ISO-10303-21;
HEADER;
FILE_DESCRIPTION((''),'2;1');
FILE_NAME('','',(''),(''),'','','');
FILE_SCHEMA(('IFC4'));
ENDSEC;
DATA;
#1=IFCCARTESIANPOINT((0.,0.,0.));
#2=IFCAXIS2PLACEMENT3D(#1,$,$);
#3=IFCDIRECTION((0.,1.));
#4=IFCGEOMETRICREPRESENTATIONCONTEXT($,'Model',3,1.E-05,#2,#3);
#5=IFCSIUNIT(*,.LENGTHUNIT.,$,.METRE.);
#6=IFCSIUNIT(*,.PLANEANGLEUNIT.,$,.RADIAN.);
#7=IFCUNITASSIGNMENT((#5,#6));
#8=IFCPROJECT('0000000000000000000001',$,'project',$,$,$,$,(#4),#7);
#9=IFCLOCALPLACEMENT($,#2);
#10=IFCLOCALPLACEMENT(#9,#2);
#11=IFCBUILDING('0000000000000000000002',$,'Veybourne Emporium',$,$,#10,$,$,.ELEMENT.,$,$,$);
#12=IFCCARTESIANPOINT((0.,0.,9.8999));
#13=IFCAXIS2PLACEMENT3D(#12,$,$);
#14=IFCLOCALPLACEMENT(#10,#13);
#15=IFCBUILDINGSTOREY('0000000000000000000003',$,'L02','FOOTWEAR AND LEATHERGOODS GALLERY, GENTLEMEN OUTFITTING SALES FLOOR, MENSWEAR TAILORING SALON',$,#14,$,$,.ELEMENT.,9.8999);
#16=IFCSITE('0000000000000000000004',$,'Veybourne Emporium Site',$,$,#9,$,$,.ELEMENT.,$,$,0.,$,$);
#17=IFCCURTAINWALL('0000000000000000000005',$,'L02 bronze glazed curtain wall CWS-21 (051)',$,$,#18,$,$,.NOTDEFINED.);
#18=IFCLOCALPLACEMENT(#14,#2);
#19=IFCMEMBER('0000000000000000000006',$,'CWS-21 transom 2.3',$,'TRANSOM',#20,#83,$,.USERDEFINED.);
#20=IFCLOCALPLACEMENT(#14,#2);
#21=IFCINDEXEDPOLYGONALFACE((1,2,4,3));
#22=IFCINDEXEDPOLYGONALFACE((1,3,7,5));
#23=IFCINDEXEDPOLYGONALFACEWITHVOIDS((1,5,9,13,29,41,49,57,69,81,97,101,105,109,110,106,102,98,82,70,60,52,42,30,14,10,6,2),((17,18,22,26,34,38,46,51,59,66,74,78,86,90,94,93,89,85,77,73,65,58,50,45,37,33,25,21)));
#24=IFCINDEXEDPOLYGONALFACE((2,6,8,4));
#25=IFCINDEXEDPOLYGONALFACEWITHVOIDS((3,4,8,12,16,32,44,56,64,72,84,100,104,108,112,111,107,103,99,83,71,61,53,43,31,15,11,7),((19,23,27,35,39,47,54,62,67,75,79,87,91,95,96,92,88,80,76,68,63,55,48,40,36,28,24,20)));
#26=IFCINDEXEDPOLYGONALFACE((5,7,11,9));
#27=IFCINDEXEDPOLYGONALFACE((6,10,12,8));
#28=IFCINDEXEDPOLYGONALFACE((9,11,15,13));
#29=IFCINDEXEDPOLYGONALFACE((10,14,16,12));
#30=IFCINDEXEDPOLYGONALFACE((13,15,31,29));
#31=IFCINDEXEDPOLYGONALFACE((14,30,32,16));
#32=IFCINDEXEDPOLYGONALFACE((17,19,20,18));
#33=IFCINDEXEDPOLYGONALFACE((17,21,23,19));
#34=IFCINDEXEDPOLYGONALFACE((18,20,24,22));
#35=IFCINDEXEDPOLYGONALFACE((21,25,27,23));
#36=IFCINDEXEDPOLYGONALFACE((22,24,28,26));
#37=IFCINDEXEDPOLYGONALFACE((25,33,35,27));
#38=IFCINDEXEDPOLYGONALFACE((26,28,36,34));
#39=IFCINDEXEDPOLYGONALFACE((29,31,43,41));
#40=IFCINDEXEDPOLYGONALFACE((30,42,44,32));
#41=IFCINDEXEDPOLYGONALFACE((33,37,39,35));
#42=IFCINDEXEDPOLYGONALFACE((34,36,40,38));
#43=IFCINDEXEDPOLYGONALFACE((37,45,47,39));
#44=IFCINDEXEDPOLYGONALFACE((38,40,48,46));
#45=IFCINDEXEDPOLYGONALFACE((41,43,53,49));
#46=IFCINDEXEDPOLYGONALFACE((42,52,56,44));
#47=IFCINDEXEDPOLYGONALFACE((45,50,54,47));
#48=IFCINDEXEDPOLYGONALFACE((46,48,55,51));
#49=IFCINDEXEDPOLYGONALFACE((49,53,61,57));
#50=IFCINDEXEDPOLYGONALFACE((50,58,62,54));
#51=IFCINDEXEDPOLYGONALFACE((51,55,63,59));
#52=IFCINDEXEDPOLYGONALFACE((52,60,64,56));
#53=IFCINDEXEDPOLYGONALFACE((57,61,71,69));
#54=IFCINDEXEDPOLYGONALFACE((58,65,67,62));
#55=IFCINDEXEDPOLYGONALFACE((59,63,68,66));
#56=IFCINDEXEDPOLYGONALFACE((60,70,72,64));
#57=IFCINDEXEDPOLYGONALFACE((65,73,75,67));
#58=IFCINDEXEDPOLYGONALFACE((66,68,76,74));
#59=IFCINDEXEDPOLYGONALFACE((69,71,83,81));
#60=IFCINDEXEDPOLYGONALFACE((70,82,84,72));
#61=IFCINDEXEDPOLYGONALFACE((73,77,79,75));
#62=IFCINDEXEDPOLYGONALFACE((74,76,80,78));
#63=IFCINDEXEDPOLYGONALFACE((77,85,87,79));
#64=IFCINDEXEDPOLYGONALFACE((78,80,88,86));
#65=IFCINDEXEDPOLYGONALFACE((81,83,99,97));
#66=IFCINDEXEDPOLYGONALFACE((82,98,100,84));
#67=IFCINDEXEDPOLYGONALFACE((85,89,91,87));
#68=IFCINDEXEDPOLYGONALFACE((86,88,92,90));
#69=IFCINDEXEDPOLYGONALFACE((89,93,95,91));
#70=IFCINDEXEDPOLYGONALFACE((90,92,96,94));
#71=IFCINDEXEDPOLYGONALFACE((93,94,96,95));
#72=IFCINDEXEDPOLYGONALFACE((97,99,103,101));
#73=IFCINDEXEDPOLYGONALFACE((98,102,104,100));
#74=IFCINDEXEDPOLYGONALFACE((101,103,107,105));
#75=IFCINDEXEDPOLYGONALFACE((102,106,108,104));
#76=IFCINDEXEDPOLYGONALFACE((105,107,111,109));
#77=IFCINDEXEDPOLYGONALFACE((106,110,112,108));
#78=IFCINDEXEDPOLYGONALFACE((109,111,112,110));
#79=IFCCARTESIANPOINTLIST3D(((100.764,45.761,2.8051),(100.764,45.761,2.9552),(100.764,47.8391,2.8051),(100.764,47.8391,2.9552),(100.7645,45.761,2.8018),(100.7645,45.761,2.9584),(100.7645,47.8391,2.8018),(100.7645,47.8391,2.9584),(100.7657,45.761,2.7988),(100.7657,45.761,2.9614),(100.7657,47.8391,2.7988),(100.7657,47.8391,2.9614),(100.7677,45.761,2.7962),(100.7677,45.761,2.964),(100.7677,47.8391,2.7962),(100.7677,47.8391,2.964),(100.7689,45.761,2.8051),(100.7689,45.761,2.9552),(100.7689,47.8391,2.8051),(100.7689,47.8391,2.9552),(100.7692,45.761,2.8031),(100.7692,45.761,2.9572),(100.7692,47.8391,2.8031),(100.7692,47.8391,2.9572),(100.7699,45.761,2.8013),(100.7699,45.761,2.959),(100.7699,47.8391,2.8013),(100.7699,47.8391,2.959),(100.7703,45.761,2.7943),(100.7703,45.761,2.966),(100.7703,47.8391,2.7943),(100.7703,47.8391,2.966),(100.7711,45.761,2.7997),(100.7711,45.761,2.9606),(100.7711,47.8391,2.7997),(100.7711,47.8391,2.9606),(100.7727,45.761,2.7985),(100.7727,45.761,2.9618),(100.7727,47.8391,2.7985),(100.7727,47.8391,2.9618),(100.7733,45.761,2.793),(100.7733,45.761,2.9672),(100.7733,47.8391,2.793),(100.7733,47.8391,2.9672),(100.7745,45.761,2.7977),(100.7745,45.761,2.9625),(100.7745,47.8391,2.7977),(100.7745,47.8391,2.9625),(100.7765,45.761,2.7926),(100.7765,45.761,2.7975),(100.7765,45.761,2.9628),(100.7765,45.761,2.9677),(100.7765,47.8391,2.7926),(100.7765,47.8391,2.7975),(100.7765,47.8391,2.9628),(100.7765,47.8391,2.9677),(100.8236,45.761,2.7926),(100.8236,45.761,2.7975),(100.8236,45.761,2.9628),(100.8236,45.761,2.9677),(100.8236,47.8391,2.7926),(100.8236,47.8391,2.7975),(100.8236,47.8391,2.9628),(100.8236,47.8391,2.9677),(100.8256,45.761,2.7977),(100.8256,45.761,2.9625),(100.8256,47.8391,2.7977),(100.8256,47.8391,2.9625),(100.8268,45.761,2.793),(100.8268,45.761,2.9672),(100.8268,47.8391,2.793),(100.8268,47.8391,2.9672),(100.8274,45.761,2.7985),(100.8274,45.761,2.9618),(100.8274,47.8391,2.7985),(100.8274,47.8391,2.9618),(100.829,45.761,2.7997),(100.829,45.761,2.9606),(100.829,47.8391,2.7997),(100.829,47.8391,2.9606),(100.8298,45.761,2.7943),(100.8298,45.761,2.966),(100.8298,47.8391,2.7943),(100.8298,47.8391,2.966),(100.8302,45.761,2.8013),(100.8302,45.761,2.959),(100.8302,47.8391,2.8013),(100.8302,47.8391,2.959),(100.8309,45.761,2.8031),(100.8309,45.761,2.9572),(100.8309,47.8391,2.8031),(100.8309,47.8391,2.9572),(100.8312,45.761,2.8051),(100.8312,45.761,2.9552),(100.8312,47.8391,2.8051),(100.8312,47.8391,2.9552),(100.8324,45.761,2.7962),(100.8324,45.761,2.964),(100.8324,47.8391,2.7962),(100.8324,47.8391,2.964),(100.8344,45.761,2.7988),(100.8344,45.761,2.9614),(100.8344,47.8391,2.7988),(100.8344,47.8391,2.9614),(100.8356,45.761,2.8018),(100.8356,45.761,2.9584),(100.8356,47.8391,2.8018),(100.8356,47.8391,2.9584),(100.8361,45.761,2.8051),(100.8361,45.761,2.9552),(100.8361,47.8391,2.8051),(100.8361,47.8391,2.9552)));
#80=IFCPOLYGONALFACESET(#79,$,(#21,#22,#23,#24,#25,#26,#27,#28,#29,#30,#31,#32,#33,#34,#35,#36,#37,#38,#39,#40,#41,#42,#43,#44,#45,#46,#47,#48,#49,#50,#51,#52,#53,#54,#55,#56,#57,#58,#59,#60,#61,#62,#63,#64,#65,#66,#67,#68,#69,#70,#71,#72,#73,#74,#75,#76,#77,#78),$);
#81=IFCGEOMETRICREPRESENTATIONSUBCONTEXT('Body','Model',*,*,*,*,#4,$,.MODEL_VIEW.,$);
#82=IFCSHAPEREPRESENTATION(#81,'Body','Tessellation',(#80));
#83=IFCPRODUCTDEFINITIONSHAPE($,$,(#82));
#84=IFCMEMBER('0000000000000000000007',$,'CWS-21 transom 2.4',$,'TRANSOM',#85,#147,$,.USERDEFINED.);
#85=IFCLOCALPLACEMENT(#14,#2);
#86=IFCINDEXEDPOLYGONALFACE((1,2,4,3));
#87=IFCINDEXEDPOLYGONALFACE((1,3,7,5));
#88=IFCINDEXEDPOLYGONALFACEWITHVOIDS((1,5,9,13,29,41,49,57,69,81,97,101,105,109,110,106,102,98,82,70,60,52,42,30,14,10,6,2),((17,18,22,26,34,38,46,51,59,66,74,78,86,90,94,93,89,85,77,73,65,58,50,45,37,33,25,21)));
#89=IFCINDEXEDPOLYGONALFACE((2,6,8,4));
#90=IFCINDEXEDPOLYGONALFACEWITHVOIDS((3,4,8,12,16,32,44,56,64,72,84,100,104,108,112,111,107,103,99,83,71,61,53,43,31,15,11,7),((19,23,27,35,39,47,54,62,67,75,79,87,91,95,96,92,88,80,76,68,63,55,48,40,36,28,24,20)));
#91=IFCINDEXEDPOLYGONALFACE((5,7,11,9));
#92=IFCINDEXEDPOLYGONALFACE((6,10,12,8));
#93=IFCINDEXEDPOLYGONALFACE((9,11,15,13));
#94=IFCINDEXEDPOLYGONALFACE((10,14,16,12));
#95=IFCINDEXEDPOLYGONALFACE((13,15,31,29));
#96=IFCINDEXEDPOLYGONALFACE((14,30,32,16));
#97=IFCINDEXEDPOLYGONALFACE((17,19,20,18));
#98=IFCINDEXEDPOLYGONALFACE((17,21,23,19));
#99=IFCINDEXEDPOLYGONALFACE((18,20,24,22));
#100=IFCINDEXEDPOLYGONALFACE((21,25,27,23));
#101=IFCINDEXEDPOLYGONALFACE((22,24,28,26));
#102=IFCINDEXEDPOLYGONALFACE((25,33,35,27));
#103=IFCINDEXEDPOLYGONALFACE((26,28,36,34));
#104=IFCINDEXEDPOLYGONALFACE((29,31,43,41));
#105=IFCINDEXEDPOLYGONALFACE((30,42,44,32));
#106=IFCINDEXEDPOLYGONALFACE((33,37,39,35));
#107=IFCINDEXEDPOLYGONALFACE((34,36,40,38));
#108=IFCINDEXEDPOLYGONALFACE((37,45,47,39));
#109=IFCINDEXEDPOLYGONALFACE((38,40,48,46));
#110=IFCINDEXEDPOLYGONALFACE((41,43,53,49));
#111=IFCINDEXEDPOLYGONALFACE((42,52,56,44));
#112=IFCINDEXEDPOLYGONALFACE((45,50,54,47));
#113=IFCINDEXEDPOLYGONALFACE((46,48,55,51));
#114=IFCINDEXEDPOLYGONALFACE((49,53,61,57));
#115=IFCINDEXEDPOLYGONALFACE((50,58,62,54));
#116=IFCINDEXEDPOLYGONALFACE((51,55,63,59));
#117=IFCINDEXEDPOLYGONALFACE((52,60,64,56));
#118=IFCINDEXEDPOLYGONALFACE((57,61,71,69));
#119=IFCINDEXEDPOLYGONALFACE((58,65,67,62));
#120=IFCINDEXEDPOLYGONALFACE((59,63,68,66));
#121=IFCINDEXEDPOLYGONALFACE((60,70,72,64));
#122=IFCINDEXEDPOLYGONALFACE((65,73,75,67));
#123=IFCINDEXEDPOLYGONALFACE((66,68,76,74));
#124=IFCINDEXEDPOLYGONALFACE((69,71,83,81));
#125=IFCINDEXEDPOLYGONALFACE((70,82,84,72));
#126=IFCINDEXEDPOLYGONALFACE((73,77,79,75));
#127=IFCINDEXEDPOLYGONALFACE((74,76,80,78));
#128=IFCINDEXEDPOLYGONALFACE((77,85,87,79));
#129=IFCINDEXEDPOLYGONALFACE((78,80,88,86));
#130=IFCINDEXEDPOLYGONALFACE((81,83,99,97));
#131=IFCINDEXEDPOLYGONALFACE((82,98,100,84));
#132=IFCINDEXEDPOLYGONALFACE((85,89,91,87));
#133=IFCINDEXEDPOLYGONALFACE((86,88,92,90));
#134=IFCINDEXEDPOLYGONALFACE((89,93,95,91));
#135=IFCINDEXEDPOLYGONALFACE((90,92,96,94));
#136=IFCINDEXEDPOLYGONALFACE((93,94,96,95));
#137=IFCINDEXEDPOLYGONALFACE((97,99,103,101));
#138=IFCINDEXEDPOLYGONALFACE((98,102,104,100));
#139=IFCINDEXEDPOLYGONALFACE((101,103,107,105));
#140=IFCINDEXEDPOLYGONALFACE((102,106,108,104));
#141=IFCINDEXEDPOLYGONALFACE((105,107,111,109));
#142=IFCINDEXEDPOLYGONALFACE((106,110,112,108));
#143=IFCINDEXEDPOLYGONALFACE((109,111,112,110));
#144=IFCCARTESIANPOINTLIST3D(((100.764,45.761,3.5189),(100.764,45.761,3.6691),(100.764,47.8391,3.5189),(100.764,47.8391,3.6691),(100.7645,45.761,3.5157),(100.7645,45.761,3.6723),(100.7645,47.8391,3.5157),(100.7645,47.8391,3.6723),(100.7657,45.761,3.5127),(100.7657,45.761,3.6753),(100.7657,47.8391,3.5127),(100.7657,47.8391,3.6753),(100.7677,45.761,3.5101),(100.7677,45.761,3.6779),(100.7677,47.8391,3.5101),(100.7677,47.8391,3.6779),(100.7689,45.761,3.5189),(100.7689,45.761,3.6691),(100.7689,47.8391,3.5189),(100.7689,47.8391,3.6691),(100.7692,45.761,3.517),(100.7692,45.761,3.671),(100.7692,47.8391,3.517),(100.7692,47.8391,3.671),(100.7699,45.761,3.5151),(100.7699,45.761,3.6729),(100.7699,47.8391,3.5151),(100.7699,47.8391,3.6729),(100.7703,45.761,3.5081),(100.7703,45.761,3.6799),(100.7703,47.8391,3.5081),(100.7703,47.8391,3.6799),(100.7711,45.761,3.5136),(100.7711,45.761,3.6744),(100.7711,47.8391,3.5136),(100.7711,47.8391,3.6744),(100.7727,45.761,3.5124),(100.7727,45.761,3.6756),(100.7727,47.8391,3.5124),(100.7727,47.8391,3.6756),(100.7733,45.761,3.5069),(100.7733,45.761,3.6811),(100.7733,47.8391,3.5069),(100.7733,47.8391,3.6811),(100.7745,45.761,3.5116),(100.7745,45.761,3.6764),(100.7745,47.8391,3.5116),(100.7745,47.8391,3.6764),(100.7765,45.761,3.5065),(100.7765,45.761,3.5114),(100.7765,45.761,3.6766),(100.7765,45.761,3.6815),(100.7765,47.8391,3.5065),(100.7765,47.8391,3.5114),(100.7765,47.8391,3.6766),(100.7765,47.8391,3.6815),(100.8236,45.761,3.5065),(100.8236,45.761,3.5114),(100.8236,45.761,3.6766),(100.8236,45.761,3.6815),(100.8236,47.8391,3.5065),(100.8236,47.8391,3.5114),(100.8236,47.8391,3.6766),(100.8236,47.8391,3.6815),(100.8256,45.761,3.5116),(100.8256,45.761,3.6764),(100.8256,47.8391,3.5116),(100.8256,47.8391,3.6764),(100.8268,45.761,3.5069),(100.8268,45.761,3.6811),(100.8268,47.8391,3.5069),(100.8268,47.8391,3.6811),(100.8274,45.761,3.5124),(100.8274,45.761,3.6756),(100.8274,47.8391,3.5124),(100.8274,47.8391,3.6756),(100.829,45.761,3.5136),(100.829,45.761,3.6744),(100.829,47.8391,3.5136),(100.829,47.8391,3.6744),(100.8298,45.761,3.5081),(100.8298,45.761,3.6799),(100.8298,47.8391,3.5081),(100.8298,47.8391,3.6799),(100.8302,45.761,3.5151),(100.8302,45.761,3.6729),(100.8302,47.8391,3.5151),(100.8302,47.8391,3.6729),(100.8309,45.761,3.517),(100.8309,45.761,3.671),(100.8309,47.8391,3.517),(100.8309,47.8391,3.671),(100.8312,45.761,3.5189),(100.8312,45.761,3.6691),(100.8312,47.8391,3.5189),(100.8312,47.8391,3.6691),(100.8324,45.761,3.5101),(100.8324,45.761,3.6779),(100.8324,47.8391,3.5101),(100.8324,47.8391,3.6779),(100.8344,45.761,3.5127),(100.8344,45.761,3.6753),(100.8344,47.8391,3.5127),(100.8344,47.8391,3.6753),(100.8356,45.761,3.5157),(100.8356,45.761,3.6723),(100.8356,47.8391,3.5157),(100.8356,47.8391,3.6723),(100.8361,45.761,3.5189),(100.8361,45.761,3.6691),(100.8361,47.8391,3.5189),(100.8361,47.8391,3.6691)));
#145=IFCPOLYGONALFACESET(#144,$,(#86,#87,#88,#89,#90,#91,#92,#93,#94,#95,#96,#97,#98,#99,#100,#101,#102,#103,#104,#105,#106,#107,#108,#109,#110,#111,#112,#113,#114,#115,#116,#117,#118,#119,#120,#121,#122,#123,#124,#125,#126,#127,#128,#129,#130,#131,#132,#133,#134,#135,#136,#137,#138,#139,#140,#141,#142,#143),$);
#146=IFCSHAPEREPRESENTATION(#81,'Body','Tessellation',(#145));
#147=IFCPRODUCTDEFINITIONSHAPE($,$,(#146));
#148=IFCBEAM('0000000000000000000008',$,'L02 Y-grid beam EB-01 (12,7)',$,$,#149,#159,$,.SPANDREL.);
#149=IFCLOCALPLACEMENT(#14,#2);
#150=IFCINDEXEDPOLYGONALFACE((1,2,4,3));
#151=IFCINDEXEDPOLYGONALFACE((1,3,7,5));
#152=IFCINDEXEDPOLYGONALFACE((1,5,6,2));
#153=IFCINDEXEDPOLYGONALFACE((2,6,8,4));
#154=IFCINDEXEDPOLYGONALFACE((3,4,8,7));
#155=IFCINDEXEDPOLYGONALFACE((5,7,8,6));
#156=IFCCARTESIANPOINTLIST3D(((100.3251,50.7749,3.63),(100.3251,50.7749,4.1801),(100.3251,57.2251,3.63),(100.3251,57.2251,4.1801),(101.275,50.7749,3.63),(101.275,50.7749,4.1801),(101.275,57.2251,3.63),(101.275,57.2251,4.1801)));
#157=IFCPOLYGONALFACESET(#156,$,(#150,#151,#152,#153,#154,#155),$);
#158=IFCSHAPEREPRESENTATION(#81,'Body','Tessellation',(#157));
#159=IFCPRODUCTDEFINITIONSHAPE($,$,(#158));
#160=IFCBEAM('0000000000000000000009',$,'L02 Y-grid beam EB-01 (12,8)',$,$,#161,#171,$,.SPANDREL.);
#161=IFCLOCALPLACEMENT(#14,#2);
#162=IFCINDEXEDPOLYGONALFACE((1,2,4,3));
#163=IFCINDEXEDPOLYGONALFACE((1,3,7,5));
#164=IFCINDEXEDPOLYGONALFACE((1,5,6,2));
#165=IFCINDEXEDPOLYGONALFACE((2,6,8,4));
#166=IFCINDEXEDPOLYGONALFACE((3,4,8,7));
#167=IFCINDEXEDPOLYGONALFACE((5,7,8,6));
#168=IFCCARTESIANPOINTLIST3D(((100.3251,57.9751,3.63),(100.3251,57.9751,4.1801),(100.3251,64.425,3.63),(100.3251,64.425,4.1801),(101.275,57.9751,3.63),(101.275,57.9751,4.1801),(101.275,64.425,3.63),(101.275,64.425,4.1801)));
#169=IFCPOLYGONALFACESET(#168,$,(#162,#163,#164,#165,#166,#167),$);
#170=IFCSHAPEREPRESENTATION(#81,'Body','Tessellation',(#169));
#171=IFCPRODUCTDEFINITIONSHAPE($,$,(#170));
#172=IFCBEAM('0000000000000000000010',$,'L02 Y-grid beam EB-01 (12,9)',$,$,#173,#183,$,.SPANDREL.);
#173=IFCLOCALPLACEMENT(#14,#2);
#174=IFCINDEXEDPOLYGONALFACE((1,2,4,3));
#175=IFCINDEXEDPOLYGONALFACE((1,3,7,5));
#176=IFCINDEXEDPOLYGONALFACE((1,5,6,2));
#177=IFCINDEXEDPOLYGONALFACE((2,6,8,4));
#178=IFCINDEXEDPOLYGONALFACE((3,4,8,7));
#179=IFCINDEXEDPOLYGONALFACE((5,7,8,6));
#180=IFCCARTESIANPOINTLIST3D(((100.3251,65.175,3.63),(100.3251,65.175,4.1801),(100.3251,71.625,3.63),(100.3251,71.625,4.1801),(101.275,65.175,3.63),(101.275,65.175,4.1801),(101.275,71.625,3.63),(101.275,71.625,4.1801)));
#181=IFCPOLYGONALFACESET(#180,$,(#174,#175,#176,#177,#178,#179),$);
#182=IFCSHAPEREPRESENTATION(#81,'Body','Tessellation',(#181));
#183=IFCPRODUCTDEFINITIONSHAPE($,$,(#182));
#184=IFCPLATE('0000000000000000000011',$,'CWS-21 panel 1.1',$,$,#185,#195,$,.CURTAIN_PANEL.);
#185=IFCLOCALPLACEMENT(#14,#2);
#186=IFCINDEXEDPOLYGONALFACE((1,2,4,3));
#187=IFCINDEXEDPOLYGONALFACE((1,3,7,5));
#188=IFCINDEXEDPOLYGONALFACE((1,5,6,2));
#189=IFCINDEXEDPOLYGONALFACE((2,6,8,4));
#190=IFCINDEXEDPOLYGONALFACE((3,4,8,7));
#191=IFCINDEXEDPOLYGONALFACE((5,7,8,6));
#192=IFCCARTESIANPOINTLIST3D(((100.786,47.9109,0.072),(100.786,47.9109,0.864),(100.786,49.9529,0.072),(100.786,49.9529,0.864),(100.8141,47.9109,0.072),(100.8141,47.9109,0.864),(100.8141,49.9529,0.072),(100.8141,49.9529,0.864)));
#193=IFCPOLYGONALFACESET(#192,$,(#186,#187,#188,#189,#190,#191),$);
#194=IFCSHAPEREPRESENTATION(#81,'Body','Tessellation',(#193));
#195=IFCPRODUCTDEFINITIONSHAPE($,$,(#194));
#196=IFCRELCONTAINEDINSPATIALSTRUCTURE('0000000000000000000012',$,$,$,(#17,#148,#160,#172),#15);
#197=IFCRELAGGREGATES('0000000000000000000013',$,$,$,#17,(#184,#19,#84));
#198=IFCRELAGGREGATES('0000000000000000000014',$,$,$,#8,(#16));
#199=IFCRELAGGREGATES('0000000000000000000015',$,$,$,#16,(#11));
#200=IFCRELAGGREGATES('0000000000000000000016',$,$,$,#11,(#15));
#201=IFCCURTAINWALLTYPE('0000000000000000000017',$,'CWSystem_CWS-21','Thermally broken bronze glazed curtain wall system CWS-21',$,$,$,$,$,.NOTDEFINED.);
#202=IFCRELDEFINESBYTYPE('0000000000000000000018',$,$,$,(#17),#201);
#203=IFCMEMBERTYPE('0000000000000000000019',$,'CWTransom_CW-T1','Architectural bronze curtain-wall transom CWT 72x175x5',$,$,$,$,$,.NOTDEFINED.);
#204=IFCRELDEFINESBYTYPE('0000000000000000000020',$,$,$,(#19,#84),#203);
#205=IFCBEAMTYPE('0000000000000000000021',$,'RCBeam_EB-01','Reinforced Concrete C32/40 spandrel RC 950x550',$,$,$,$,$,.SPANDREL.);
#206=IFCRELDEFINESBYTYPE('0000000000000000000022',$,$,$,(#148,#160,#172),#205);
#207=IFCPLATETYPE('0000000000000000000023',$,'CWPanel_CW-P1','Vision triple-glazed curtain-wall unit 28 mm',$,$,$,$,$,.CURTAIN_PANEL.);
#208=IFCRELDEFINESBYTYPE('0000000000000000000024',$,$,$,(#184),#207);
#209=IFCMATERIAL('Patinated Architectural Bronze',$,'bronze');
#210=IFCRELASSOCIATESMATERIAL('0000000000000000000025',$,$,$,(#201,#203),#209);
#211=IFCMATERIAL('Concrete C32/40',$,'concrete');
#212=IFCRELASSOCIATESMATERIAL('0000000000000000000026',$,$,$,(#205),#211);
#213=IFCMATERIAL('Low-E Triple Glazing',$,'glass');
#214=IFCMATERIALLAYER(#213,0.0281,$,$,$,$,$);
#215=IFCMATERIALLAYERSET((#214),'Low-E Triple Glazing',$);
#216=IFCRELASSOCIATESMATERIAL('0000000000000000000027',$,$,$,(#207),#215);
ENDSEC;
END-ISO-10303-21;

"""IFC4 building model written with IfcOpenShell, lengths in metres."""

from ifc_helpers import new_model, si_unit, direction, frame, origin, origin_2d, place, context, subcontext, project, spatial, rectangle, hollow_rectangle, extrude, material, layer, layer_set, material_profile, profile_set, type_object, element, aggregate, save


model = new_model("IFC4")

# Units and contexts
model_context = context("Model", 3, precision=1e-05, world=origin(), true_north=direction((0.0, 1.0)))
body_context = subcontext(model_context, "Body", "Model", "MODEL_VIEW")
ifc_project = project(units=[si_unit("LENGTHUNIT", "METRE"), si_unit("PLANEANGLEUNIT", "RADIAN")], contexts=[model_context])

# Site, building, storey
site_placement = place(None, origin())
site = spatial("IfcSite", under=ifc_project, at=site_placement, Name="Veybourne Emporium Site", CompositionType="ELEMENT", RefElevation=0.0)
building_placement = place(site_placement, origin())
building = spatial("IfcBuilding", under=site, at=building_placement, Name="Veybourne Emporium", CompositionType="ELEMENT")
storey_placement = place(building_placement, frame((0.0, 0.0, 9.8999)))
storey = spatial("IfcBuildingStorey", under=building, at=storey_placement, Name="L02", Description="FOOTWEAR AND LEATHERGOODS GALLERY, GENTLEMEN OUTFITTING SALES FLOOR, MENSWEAR TAILORING SALON", CompositionType="ELEMENT", Elevation=9.8999)

# Curtain wall
ifc_material_1 = material(Name="Patinated Architectural Bronze", Category="bronze")
curtain_wall_type_1 = type_object("IfcCurtainWallType", Name="CWSystem_CWS-21", Description="Thermally broken bronze glazed curtain wall system CWS-21", PredefinedType="NOTDEFINED", material=ifc_material_1)
curtain_wall_1_placement = place(storey_placement, origin())
curtain_wall_1 = element("IfcCurtainWall", 1, at=curtain_wall_1_placement, inside=storey, type_object=curtain_wall_type_1, Name="L02 bronze glazed curtain wall CWS-21 (051)", PredefinedType="NOTDEFINED")

# Members
ifc_material_profile_1 = material_profile(ifc_material_1, hollow_rectangle(XDim=0.072, YDim=0.175, WallThickness=0.0049, InnerFilletRadius=0.0076, OuterFilletRadius=0.0125, at=origin_2d()), Name="CWT 72x175x5")
ifc_profile_set_1 = profile_set([ifc_material_profile_1], Name="Patinated Architectural Bronze")
member_type_1 = type_object("IfcMemberType", Name="CWTransom_CW-T1", Description="Architectural bronze curtain-wall transom CWT 72x175x5", PredefinedType="NOTDEFINED", material=ifc_profile_set_1)
member_1_placement = place(storey_placement, frame((100.8, 47.8391, 2.8801), z_axis=(0.0, -1.0, 0.0), x_axis=(1.0, 0.0, 0.0)))
member_1 = element("IfcMember", 2, at=member_1_placement, type_object=member_type_1, Name="CWS-21 transom 2.3", ObjectType="TRANSOM", PredefinedType="USERDEFINED", context=body_context, shape_type="SweptSolid", body=[
    extrude(hollow_rectangle(XDim=0.072, YDim=0.175, WallThickness=0.0049, InnerFilletRadius=0.0076, OuterFilletRadius=0.0125, at=origin_2d()), origin(), (0.0, 0.0, 1.0), 2.0781),
])
member_2_placement = place(storey_placement, frame((100.8, 47.8391, 3.594), z_axis=(0.0, -1.0, 0.0), x_axis=(1.0, 0.0, 0.0)))
member_2 = element("IfcMember", 3, at=member_2_placement, type_object=member_type_1, Name="CWS-21 transom 2.4", ObjectType="TRANSOM", PredefinedType="USERDEFINED", context=body_context, shape_type="SweptSolid", body=[
    extrude(hollow_rectangle(XDim=0.072, YDim=0.175, WallThickness=0.0049, InnerFilletRadius=0.0076, OuterFilletRadius=0.0125, at=origin_2d()), origin(), (0.0, 0.0, 1.0), 2.0781),
])

# Beams
ifc_material_2 = material(Name="Concrete C32/40", Category="concrete")
ifc_material_profile_2 = material_profile(ifc_material_2, rectangle(XDim=0.95, YDim=0.55, at=origin_2d()), Name="RC 950x550")
ifc_profile_set_2 = profile_set([ifc_material_profile_2], Name="Concrete C32/40")
beam_type = type_object("IfcBeamType", Name="RCBeam_EB-01", Description="Reinforced Concrete C32/40 spandrel RC 950x550", PredefinedType="SPANDREL", material=ifc_profile_set_2)
beam_placement = place(storey_placement, frame((100.8, 50.7749, 3.905), z_axis=(0.0, 1.0, 0.0), x_axis=(-1.0, 0.0, 0.0)))
element("IfcBeam", 4, at=beam_placement, inside=storey, type_object=beam_type, Name="L02 Y-grid beam EB-01 (12,7)", PredefinedType="SPANDREL", context=body_context, shape_type="SweptSolid", body=[
    extrude(rectangle(XDim=0.95, YDim=0.55, at=origin_2d()), origin(), (0.0, 0.0, 1.0), 6.4502),
])
for number, where, z_axis, x_axis, name in (
    (5, (100.8, 57.9751, 3.905), (0.0, 1.0, 0.0), (-1.0, 0.0, 0.0), "L02 Y-grid beam EB-01 (12,8)"),
    (6, (100.8, 65.175, 3.905), (0.0, 1.0, 0.0), (-1.0, 0.0, 0.0), "L02 Y-grid beam EB-01 (12,9)"),
):
    element("IfcBeam", number, at=place(storey_placement, frame(where, z_axis=z_axis, x_axis=x_axis)), inside=storey, type_object=beam_type, Name=name, PredefinedType="SPANDREL", context=body_context, shape_type="SweptSolid", body=[
        extrude(rectangle(XDim=0.95, YDim=0.55, at=origin_2d()), origin(), (0.0, 0.0, 1.0), 6.45),
    ])

# Plate
ifc_material_3 = material(Name="Low-E Triple Glazing", Category="glass")
ifc_layer_1 = layer(ifc_material_3, 0.0281)
ifc_layer_set_1 = layer_set([ifc_layer_1], Name="Low-E Triple Glazing")
plate_type = type_object("IfcPlateType", Name="CWPanel_CW-P1", Description="Vision triple-glazed curtain-wall unit 28 mm", PredefinedType="CURTAIN_PANEL", material=ifc_layer_set_1)
plate_1_placement = place(storey_placement, frame((100.8, 48.9319, 0.072), z_axis=(0.0, 0.0, 1.0), x_axis=(0.0, -1.0, 0.0)))
plate_1 = element("IfcPlate", 7, at=plate_1_placement, type_object=plate_type, Name="CWS-21 panel 1.1", PredefinedType="CURTAIN_PANEL", context=body_context, shape_type="SweptSolid", body=[
    extrude(rectangle(XDim=2.042, YDim=0.0281, at=origin_2d()), origin(), (0.0, 0.0, 1.0), 0.792),
])
aggregate(curtain_wall_1, [plate_1, member_1, member_2])

save(model, "model.ifc")
